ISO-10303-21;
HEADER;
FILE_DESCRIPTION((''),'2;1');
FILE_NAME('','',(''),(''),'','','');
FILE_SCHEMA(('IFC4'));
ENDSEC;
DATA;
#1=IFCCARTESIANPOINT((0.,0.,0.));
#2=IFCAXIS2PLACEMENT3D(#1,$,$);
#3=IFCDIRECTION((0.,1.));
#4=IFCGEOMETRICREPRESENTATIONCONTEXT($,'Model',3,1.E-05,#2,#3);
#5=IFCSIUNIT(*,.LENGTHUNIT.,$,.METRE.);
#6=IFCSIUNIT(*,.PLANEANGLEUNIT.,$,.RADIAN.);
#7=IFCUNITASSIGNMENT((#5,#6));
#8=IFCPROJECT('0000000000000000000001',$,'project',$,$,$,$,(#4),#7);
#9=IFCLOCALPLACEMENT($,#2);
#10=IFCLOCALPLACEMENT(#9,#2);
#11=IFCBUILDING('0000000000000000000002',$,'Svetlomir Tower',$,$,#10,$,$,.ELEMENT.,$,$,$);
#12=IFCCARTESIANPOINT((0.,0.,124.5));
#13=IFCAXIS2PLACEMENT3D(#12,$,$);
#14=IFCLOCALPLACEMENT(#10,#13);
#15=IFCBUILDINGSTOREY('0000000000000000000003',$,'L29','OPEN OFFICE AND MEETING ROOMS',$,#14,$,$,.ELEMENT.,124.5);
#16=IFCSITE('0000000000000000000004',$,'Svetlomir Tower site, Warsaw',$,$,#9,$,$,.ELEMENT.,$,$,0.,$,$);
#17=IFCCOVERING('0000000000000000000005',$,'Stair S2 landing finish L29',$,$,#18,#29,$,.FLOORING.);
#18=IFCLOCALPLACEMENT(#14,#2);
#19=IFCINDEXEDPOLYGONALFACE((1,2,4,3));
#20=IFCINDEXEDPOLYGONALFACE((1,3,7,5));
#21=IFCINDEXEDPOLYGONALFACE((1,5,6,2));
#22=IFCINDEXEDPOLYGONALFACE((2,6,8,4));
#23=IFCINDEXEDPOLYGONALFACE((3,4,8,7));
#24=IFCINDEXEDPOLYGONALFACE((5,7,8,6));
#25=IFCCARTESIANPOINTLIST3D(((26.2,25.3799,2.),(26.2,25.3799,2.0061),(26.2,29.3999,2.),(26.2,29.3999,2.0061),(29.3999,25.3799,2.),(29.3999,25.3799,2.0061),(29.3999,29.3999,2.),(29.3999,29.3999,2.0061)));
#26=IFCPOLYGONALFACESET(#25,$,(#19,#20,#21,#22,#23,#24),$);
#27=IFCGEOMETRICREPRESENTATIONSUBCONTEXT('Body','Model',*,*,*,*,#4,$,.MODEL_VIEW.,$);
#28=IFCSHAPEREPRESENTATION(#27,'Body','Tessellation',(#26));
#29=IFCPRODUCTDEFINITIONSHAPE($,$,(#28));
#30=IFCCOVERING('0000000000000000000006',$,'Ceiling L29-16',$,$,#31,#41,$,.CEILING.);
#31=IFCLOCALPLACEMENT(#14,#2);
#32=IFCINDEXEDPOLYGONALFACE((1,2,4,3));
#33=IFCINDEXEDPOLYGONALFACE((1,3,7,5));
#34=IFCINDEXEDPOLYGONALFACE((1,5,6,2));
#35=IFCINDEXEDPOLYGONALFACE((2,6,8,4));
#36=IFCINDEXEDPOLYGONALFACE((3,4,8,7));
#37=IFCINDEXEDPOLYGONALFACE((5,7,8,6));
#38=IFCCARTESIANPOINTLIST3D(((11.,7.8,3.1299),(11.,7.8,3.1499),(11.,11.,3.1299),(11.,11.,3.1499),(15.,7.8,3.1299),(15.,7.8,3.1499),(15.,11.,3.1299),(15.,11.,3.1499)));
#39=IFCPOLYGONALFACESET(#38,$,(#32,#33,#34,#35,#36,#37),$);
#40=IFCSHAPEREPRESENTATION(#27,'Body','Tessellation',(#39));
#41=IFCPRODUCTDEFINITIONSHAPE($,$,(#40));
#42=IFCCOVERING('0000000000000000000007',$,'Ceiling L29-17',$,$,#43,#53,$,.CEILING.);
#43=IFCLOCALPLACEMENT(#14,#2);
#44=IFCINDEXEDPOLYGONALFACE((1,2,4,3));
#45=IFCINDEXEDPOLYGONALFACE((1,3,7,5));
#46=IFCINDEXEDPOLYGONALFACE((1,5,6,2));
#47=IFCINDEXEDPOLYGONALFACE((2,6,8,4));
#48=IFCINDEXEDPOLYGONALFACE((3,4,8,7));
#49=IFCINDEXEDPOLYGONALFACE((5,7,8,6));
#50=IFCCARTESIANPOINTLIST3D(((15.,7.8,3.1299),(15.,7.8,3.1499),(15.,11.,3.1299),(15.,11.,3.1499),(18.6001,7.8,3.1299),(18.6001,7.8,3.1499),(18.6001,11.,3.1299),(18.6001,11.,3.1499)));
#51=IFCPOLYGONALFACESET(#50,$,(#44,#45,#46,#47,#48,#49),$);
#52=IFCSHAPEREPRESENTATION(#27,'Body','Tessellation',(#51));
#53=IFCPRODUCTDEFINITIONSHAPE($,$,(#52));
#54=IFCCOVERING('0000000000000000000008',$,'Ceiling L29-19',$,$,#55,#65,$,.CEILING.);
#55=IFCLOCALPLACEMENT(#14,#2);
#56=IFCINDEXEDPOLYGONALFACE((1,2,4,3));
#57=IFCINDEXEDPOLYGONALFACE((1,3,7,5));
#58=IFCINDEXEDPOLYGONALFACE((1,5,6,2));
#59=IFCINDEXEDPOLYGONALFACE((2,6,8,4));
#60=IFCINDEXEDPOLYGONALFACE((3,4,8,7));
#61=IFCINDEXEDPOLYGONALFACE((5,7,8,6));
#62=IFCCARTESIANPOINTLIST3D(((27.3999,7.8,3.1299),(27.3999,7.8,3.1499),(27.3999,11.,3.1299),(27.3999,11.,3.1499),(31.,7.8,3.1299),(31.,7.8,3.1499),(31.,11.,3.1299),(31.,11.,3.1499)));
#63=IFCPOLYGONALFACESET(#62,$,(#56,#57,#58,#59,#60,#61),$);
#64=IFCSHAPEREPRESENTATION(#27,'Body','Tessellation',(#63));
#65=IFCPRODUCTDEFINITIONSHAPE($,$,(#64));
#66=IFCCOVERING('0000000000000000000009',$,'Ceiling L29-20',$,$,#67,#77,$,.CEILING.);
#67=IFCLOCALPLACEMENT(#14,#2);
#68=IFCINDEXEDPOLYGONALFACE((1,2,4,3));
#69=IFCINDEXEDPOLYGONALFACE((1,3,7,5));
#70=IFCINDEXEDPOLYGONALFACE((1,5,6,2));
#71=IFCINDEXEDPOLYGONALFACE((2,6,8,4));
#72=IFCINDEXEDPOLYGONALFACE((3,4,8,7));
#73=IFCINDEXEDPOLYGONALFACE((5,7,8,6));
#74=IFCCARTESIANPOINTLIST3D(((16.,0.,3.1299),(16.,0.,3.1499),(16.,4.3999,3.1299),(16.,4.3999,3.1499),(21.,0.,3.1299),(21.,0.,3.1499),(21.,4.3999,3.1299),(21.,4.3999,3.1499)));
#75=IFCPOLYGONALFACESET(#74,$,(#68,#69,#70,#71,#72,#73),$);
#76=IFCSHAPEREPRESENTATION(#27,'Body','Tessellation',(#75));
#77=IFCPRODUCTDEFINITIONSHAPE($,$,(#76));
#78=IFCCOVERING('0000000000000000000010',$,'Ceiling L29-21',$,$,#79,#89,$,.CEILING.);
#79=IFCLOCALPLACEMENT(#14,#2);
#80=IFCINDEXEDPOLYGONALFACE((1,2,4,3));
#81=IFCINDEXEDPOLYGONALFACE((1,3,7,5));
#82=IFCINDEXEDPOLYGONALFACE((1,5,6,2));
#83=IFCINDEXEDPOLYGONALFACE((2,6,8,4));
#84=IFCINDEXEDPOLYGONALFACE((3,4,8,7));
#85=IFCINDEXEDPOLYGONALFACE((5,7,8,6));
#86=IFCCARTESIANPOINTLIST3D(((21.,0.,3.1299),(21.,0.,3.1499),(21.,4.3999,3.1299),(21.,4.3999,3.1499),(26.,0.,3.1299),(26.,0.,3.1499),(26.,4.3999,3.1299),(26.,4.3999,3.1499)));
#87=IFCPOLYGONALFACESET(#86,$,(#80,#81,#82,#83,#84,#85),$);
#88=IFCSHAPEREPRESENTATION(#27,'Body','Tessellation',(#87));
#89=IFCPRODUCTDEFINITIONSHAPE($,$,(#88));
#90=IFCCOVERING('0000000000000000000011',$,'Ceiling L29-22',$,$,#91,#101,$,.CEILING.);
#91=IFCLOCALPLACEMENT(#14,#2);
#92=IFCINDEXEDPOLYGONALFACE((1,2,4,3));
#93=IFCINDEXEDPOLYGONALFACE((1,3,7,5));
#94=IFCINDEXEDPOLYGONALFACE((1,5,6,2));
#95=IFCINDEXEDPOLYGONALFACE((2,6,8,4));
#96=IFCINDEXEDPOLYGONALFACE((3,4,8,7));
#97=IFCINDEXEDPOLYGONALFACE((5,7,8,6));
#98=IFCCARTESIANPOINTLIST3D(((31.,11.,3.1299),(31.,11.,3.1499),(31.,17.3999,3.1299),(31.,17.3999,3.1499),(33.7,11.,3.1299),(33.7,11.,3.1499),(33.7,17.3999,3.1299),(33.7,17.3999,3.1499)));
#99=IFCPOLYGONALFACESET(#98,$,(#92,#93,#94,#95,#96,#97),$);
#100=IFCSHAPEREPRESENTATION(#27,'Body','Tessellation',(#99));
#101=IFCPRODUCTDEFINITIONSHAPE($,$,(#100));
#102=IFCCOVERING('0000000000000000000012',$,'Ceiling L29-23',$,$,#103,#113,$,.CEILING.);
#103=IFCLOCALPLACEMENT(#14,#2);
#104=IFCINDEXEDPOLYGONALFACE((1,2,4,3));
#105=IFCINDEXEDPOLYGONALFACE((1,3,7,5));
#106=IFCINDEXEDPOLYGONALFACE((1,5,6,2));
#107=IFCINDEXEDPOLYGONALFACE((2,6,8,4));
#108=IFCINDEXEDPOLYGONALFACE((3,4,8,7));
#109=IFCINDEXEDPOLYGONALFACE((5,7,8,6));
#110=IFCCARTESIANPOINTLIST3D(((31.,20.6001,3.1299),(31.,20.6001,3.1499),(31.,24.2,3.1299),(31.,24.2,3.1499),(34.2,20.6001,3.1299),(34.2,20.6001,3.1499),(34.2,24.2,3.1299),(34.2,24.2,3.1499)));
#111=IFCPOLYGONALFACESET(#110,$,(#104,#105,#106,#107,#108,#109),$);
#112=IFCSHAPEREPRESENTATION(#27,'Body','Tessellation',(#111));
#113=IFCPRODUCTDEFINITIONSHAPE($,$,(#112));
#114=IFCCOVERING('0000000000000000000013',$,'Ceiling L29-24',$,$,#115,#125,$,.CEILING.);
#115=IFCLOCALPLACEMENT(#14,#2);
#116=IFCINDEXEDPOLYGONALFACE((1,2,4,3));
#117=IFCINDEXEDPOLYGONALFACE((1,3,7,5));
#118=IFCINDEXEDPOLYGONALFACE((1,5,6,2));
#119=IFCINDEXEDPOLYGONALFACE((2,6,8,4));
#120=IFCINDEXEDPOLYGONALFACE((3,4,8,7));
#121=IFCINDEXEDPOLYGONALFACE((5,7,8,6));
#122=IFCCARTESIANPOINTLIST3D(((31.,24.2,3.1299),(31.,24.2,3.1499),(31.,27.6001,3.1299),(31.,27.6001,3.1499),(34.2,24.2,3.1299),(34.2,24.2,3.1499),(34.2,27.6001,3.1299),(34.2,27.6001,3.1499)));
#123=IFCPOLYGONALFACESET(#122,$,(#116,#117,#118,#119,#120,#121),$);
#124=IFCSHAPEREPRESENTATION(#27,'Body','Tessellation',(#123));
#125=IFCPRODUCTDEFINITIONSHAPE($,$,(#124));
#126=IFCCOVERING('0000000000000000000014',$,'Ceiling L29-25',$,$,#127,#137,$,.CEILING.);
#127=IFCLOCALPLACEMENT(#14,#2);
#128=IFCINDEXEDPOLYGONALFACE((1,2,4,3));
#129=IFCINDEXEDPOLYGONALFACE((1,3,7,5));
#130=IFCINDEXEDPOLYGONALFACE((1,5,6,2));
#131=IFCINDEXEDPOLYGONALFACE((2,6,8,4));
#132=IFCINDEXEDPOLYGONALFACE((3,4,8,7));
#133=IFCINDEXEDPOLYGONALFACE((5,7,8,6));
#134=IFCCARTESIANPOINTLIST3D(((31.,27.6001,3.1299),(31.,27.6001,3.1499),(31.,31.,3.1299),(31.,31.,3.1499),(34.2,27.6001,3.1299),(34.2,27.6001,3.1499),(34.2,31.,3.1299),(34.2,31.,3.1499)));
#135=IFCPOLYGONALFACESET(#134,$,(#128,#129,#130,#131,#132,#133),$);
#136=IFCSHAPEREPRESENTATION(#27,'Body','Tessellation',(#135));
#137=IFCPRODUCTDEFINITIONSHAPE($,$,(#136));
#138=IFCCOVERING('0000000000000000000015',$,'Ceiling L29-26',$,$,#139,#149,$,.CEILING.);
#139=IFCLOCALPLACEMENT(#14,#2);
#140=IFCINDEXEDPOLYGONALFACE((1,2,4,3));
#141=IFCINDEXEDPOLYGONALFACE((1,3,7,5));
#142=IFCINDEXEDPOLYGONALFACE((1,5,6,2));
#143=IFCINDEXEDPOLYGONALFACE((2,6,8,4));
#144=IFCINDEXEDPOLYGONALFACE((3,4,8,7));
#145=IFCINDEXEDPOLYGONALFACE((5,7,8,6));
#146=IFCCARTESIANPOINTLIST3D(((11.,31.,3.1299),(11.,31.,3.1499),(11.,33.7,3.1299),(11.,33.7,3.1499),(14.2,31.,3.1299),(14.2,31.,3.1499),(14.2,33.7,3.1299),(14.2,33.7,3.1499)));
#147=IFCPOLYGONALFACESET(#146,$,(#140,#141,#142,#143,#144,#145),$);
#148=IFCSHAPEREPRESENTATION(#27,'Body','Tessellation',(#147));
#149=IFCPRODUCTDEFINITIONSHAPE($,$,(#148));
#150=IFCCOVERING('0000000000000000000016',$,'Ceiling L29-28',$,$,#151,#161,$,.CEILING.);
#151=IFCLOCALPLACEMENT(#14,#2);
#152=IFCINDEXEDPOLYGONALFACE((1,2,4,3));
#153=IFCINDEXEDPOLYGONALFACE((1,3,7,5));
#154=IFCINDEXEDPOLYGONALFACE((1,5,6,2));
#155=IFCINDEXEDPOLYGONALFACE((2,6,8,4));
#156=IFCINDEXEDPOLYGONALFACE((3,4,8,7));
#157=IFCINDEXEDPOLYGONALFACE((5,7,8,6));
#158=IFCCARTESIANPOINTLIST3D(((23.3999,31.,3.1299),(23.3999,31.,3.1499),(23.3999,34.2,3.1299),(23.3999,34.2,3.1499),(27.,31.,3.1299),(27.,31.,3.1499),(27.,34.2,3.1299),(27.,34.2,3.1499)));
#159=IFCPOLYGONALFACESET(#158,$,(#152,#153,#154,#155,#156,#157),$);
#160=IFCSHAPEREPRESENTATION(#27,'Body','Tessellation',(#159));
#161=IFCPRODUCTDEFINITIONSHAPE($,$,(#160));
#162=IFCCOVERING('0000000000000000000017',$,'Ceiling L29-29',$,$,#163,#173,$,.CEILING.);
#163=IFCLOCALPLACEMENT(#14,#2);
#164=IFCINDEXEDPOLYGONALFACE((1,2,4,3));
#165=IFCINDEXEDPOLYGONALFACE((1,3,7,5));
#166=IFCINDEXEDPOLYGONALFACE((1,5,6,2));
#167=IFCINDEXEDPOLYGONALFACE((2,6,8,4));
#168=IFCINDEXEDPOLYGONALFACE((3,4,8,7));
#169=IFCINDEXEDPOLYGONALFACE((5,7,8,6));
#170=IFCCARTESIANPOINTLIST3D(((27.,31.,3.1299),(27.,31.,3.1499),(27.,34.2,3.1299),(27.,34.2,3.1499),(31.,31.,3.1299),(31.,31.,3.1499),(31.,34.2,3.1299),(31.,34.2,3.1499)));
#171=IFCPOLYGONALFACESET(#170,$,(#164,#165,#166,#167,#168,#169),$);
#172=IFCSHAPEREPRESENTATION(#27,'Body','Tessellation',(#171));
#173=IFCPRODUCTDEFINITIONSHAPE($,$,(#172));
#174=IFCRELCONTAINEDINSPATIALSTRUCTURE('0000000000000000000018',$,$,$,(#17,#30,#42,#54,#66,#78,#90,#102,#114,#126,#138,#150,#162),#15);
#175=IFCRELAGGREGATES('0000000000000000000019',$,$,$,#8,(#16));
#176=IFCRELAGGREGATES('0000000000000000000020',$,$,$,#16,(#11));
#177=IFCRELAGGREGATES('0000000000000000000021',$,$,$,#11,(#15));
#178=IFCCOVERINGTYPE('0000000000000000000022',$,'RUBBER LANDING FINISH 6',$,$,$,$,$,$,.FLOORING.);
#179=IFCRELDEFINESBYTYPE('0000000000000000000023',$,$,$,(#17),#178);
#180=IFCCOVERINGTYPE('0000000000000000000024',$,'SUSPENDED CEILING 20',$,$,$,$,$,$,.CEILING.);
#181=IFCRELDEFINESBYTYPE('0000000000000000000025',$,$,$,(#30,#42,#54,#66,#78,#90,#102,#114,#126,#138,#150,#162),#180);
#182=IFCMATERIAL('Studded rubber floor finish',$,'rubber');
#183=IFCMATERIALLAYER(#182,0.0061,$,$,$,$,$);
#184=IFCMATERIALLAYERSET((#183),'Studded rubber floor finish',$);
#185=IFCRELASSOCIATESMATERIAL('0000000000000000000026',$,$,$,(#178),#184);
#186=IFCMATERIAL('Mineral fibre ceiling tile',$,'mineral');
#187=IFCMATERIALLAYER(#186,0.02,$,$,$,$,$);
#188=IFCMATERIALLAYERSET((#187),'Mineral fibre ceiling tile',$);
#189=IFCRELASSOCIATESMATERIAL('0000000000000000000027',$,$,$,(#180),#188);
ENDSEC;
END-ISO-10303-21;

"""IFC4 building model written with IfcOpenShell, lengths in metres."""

from ifc_helpers import new_model, si_unit, direction, frame, origin, place, context, subcontext, project, spatial, polyline, outline, extrude, material, layer, layer_set, type_object, element, save


model = new_model("IFC4")

# Units and contexts
model_context = context("Model", 3, precision=1e-05, world=origin(), true_north=direction((0.0, 1.0)))
body_context = subcontext(model_context, "Body", "Model", "MODEL_VIEW")
ifc_project = project(units=[si_unit("LENGTHUNIT", "METRE"), si_unit("PLANEANGLEUNIT", "RADIAN")], contexts=[model_context])

# Site, building, storey
site_placement = place(None, origin())
site = spatial("IfcSite", under=ifc_project, at=site_placement, Name="Svetlomir Tower site, Warsaw", CompositionType="ELEMENT", RefElevation=0.0)
building_placement = place(site_placement, origin())
building = spatial("IfcBuilding", under=site, at=building_placement, Name="Svetlomir Tower", CompositionType="ELEMENT")
storey_placement = place(building_placement, frame((0.0, 0.0, 124.5)))
storey = spatial("IfcBuildingStorey", under=building, at=storey_placement, Name="L29", Description="OPEN OFFICE AND MEETING ROOMS", CompositionType="ELEMENT", Elevation=124.5)

# Coverings
ifc_material_1 = material(Name="Studded rubber floor finish", Category="rubber")
ifc_layer_1 = layer(ifc_material_1, 0.0061)
ifc_layer_set_1 = layer_set([ifc_layer_1], Name="Studded rubber floor finish")
covering_type_1 = type_object("IfcCoveringType", Name="RUBBER LANDING FINISH 6", PredefinedType="FLOORING", material=ifc_layer_set_1)
covering_1_placement = place(storey_placement, frame((0.0, 0.0, 2.0)))
element("IfcCovering", 1, at=covering_1_placement, inside=storey, type_object=covering_type_1, Name="Stair S2 landing finish L29", PredefinedType="FLOORING", context=body_context, shape_type="SweptSolid", body=[
    extrude(outline(polyline([(26.2, 25.3799), (29.3999, 25.3799), (29.3999, 29.3999), (26.2, 29.3999), (26.2, 25.3799)])), origin(), (0.0, 0.0, 1.0), 0.0061),
])
ifc_material_2 = material(Name="Mineral fibre ceiling tile", Category="mineral")
ifc_layer_2 = layer(ifc_material_2, 0.02)
ifc_layer_set_2 = layer_set([ifc_layer_2], Name="Mineral fibre ceiling tile")
covering_type_2 = type_object("IfcCoveringType", Name="SUSPENDED CEILING 20", PredefinedType="CEILING", material=ifc_layer_set_2)
covering_2_placement = place(storey_placement, frame((0.0, 0.0, 3.1299)))
element("IfcCovering", 2, at=covering_2_placement, inside=storey, type_object=covering_type_2, Name="Ceiling L29-16", PredefinedType="CEILING", context=body_context, shape_type="SweptSolid", body=[
    extrude(outline(polyline([(11.0, 7.8), (15.0, 7.8), (15.0, 11.0), (11.0, 11.0), (11.0, 7.8)])), origin(), (0.0, 0.0, 1.0), 0.02),
])
covering_3_placement = place(storey_placement, frame((0.0, 0.0, 3.1299)))
element("IfcCovering", 3, at=covering_3_placement, inside=storey, type_object=covering_type_2, Name="Ceiling L29-17", PredefinedType="CEILING", context=body_context, shape_type="SweptSolid", body=[
    extrude(outline(polyline([(15.0, 7.8), (18.6001, 7.8), (18.6001, 11.0), (15.0, 11.0), (15.0, 7.8)])), origin(), (0.0, 0.0, 1.0), 0.02),
])
covering_4_placement = place(storey_placement, frame((0.0, 0.0, 3.1299)))
element("IfcCovering", 4, at=covering_4_placement, inside=storey, type_object=covering_type_2, Name="Ceiling L29-19", PredefinedType="CEILING", context=body_context, shape_type="SweptSolid", body=[
    extrude(outline(polyline([(27.3999, 7.8), (31.0, 7.8), (31.0, 11.0), (27.3999, 11.0), (27.3999, 7.8)])), origin(), (0.0, 0.0, 1.0), 0.02),
])
covering_5_placement = place(storey_placement, frame((0.0, 0.0, 3.1299)))
element("IfcCovering", 5, at=covering_5_placement, inside=storey, type_object=covering_type_2, Name="Ceiling L29-20", PredefinedType="CEILING", context=body_context, shape_type="SweptSolid", body=[
    extrude(outline(polyline([(16.0, 0.0), (21.0, 0.0), (21.0, 4.3999), (16.0, 4.3999), (16.0, 0.0)])), origin(), (0.0, 0.0, 1.0), 0.02),
])
covering_6_placement = place(storey_placement, frame((0.0, 0.0, 3.1299)))
element("IfcCovering", 6, at=covering_6_placement, inside=storey, type_object=covering_type_2, Name="Ceiling L29-21", PredefinedType="CEILING", context=body_context, shape_type="SweptSolid", body=[
    extrude(outline(polyline([(21.0, 0.0), (26.0, 0.0), (26.0, 4.3999), (21.0, 4.3999), (21.0, 0.0)])), origin(), (0.0, 0.0, 1.0), 0.02),
])
covering_7_placement = place(storey_placement, frame((0.0, 0.0, 3.1299)))
element("IfcCovering", 7, at=covering_7_placement, inside=storey, type_object=covering_type_2, Name="Ceiling L29-22", PredefinedType="CEILING", context=body_context, shape_type="SweptSolid", body=[
    extrude(outline(polyline([(31.0, 11.0), (33.7, 11.0), (33.7, 17.3999), (31.0, 17.3999), (31.0, 11.0)])), origin(), (0.0, 0.0, 1.0), 0.02),
])
covering_8_placement = place(storey_placement, frame((0.0, 0.0, 3.1299)))
element("IfcCovering", 8, at=covering_8_placement, inside=storey, type_object=covering_type_2, Name="Ceiling L29-23", PredefinedType="CEILING", context=body_context, shape_type="SweptSolid", body=[
    extrude(outline(polyline([(31.0, 20.6001), (34.2, 20.6001), (34.2, 24.2), (31.0, 24.2), (31.0, 20.6001)])), origin(), (0.0, 0.0, 1.0), 0.02),
])
covering_9_placement = place(storey_placement, frame((0.0, 0.0, 3.1299)))
element("IfcCovering", 9, at=covering_9_placement, inside=storey, type_object=covering_type_2, Name="Ceiling L29-24", PredefinedType="CEILING", context=body_context, shape_type="SweptSolid", body=[
    extrude(outline(polyline([(31.0, 24.2), (34.2, 24.2), (34.2, 27.6001), (31.0, 27.6001), (31.0, 24.2)])), origin(), (0.0, 0.0, 1.0), 0.02),
])
covering_10_placement = place(storey_placement, frame((0.0, 0.0, 3.1299)))
element("IfcCovering", 10, at=covering_10_placement, inside=storey, type_object=covering_type_2, Name="Ceiling L29-25", PredefinedType="CEILING", context=body_context, shape_type="SweptSolid", body=[
    extrude(outline(polyline([(31.0, 27.6001), (34.2, 27.6001), (34.2, 31.0), (31.0, 31.0), (31.0, 27.6001)])), origin(), (0.0, 0.0, 1.0), 0.02),
])
covering_11_placement = place(storey_placement, frame((0.0, 0.0, 3.1299)))
element("IfcCovering", 11, at=covering_11_placement, inside=storey, type_object=covering_type_2, Name="Ceiling L29-26", PredefinedType="CEILING", context=body_context, shape_type="SweptSolid", body=[
    extrude(outline(polyline([(11.0, 31.0), (14.2, 31.0), (14.2, 33.7), (11.0, 33.7), (11.0, 31.0)])), origin(), (0.0, 0.0, 1.0), 0.02),
])
covering_12_placement = place(storey_placement, frame((0.0, 0.0, 3.1299)))
element("IfcCovering", 12, at=covering_12_placement, inside=storey, type_object=covering_type_2, Name="Ceiling L29-28", PredefinedType="CEILING", context=body_context, shape_type="SweptSolid", body=[
    extrude(outline(polyline([(23.3999, 31.0), (27.0, 31.0), (27.0, 34.2), (23.3999, 34.2), (23.3999, 31.0)])), origin(), (0.0, 0.0, 1.0), 0.02),
])
covering_13_placement = place(storey_placement, frame((0.0, 0.0, 3.1299)))
element("IfcCovering", 13, at=covering_13_placement, inside=storey, type_object=covering_type_2, Name="Ceiling L29-29", PredefinedType="CEILING", context=body_context, shape_type="SweptSolid", body=[
    extrude(outline(polyline([(27.0, 31.0), (31.0, 31.0), (31.0, 34.2), (27.0, 34.2), (27.0, 31.0)])), origin(), (0.0, 0.0, 1.0), 0.02),
])

save(model, "model.ifc")
